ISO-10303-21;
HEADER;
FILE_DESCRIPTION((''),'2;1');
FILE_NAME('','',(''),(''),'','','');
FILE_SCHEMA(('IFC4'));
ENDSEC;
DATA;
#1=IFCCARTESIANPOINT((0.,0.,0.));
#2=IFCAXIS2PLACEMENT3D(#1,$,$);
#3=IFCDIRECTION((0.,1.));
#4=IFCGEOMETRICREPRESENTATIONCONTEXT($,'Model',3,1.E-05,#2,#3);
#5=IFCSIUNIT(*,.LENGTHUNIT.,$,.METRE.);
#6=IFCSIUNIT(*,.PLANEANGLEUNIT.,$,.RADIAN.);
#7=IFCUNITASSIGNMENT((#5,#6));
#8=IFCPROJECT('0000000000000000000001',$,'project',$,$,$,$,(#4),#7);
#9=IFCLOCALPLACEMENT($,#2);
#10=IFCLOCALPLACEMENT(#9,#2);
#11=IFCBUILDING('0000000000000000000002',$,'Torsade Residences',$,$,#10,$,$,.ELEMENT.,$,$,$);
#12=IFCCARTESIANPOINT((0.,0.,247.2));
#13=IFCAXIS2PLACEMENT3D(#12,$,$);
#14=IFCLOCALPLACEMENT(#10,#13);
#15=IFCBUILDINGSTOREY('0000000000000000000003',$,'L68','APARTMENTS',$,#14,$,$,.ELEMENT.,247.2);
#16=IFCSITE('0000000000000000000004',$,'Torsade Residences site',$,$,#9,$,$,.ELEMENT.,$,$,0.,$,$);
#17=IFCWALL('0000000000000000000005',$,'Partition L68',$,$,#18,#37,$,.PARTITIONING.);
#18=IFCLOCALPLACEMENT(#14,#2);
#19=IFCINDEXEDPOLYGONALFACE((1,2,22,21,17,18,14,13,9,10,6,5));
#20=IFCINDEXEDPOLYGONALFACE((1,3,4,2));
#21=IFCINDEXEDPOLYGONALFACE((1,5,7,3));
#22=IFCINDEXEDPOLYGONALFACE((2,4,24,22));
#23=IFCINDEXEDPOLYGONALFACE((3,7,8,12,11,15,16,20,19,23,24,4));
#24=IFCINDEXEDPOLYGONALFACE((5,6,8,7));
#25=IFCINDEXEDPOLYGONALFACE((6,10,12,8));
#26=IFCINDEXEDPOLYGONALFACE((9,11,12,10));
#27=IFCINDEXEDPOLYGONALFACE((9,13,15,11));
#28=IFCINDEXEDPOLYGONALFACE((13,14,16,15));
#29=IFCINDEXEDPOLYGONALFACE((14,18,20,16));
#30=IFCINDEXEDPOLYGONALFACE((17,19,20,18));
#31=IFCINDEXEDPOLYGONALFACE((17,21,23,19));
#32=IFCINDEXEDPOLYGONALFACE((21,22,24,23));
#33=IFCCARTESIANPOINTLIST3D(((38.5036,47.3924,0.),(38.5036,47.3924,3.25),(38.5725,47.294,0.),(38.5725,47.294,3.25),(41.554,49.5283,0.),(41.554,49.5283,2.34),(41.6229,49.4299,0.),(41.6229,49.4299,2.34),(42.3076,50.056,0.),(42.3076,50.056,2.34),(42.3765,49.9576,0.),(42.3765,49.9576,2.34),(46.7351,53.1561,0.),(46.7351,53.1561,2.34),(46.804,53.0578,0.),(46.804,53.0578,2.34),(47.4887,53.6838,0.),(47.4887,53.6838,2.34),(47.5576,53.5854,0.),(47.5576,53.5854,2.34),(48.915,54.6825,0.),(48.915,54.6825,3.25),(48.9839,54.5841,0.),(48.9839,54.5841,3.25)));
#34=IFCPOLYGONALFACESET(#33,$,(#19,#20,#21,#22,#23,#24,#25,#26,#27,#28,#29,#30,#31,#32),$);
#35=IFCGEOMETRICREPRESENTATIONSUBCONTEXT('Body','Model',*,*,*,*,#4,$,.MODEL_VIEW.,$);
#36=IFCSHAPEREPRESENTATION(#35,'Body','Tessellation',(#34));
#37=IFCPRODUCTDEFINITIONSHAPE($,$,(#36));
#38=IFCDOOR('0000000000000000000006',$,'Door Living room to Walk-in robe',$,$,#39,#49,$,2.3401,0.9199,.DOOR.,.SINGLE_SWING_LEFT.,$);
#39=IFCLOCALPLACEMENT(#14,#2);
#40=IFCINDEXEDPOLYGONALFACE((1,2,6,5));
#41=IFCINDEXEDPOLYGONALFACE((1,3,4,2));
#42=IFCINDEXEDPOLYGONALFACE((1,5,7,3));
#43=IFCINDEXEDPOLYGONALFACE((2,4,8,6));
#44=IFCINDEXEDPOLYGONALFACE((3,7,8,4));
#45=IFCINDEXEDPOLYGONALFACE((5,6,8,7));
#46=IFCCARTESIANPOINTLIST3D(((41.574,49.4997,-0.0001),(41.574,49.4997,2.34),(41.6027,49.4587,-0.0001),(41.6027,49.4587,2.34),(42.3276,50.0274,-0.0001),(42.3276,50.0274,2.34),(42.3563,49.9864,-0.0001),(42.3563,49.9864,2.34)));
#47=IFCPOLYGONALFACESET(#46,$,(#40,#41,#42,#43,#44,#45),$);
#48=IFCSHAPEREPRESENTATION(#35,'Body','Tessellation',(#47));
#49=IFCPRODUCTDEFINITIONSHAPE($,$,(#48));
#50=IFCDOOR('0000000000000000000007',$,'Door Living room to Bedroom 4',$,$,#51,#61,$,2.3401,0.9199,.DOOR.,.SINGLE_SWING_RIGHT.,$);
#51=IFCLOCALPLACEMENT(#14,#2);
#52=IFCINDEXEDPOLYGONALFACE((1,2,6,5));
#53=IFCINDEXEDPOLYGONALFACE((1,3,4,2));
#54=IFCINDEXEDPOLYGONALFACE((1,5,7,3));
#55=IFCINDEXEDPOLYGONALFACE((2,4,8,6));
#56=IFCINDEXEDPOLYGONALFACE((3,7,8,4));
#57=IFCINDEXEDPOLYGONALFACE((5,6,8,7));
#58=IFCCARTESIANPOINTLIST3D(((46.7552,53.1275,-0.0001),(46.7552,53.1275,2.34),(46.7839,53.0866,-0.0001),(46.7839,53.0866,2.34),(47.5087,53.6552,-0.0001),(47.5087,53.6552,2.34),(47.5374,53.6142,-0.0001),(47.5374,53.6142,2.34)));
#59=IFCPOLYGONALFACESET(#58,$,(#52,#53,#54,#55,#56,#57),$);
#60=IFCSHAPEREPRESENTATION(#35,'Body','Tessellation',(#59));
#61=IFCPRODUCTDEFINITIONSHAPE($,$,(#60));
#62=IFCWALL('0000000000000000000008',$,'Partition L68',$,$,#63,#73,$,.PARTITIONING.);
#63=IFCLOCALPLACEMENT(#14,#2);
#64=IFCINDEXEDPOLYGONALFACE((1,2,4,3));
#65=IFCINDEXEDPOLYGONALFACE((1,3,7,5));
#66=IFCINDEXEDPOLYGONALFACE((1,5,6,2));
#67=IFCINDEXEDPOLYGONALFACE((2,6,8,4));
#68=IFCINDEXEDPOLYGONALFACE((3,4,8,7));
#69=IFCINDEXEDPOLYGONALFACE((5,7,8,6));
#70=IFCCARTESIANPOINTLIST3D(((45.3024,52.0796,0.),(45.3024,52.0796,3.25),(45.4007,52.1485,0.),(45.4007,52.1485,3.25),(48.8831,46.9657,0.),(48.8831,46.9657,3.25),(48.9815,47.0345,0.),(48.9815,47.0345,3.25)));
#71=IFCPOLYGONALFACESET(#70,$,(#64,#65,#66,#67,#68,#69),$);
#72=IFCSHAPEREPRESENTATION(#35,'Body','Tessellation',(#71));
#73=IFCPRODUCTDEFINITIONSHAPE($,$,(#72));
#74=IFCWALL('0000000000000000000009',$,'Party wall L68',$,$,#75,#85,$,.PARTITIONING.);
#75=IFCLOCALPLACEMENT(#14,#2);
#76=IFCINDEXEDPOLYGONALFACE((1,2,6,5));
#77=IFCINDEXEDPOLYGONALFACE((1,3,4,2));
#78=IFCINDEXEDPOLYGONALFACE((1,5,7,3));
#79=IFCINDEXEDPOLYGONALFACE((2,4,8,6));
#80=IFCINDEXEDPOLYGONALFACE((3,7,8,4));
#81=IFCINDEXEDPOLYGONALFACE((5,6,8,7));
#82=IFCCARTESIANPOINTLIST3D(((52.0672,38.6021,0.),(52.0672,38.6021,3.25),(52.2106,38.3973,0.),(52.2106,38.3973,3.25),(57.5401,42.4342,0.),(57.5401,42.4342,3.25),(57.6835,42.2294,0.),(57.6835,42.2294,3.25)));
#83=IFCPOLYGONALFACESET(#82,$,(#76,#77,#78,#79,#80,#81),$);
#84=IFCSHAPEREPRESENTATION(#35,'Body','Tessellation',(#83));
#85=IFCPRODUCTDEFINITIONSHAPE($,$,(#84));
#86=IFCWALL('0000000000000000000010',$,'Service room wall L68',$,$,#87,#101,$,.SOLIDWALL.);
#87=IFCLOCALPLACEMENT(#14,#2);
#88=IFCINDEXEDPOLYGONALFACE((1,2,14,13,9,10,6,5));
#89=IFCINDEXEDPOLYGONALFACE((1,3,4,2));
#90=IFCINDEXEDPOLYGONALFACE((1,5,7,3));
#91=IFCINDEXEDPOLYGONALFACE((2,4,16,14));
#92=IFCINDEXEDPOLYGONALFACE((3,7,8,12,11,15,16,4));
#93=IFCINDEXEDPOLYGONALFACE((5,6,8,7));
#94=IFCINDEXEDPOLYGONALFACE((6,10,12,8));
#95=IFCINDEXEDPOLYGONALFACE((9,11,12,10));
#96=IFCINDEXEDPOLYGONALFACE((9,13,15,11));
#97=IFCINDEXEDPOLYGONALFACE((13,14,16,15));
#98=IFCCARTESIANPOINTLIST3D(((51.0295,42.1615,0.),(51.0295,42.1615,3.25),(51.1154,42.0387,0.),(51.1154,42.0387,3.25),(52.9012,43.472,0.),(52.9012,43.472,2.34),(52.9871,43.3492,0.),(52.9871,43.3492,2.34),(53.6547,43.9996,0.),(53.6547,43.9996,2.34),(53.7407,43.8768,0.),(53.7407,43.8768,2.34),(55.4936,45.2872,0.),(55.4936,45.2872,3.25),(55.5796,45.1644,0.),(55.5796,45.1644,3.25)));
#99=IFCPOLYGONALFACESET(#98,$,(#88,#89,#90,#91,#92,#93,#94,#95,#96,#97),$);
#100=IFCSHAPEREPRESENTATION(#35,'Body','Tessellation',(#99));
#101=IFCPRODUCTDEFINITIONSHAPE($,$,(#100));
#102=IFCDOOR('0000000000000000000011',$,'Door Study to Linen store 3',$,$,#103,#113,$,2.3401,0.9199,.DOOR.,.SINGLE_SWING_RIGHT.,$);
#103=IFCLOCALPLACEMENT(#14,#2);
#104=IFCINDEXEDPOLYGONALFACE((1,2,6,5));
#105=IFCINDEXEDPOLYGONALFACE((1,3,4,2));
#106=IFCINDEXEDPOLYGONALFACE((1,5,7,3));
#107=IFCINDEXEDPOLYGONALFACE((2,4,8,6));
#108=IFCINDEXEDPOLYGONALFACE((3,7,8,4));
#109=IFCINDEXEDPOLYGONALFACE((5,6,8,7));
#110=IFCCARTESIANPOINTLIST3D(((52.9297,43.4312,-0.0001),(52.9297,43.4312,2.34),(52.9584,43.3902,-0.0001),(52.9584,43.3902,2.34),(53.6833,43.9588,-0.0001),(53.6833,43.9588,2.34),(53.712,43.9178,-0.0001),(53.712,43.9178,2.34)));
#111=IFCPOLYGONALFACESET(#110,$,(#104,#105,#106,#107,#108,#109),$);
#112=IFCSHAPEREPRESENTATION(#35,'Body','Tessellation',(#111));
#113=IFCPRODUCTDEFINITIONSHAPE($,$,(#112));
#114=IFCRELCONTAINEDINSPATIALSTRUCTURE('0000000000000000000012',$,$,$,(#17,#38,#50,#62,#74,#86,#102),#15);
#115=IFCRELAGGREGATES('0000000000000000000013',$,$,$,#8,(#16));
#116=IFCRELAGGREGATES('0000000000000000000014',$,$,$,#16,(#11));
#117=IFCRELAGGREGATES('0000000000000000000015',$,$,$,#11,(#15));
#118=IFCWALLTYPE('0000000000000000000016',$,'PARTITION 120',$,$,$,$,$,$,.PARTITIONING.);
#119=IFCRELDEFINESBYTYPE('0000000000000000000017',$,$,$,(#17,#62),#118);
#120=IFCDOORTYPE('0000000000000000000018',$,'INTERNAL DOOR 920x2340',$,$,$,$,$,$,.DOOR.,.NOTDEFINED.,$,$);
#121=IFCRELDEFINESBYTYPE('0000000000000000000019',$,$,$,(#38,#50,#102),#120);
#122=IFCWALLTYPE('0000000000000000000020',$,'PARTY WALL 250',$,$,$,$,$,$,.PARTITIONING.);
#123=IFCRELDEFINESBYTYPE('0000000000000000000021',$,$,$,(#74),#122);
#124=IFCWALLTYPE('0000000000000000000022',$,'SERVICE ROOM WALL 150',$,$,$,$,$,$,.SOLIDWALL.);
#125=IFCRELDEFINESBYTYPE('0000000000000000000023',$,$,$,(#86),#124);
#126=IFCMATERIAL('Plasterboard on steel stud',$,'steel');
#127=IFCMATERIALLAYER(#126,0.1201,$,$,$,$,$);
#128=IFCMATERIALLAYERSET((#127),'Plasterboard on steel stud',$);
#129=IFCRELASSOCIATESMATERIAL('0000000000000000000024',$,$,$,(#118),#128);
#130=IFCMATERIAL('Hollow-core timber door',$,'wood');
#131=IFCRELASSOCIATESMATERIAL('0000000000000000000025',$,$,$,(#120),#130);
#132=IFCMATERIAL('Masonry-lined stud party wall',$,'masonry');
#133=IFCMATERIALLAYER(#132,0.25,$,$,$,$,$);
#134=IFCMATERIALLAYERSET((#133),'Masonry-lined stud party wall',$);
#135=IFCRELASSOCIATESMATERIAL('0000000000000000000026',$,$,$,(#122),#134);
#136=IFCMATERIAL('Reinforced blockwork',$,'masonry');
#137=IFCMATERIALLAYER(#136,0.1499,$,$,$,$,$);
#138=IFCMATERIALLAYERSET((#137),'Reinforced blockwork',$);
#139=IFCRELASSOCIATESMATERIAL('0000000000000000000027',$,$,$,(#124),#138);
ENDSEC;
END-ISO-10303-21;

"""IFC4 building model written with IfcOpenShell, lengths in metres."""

from ifc_helpers import new_model, si_unit, direction, frame, frame_2d, origin, place, context, subcontext, project, spatial, rectangle, extrude, material, layer, layer_set, type_object, element, fill, save


model = new_model("IFC4")

# Units and contexts
model_context = context("Model", 3, precision=1e-05, world=origin(), true_north=direction((0.0, 1.0)))
body_context = subcontext(model_context, "Body", "Model", "MODEL_VIEW")
ifc_project = project(units=[si_unit("LENGTHUNIT", "METRE"), si_unit("PLANEANGLEUNIT", "RADIAN")], contexts=[model_context])

# Site, building, storey
site_placement = place(None, origin())
site = spatial("IfcSite", under=ifc_project, at=site_placement, Name="Torsade Residences site", CompositionType="ELEMENT", RefElevation=0.0)
building_placement = place(site_placement, origin())
building = spatial("IfcBuilding", under=site, at=building_placement, Name="Torsade Residences", CompositionType="ELEMENT")
storey_placement = place(building_placement, frame((0.0, 0.0, 247.2)))
storey = spatial("IfcBuildingStorey", under=building, at=storey_placement, Name="L68", Description="APARTMENTS", CompositionType="ELEMENT", Elevation=247.2)

# Shared definitions
ifc_material_1 = material(Name="Plasterboard on steel stud", Category="steel")
ifc_layer_1 = layer(ifc_material_1, 0.1201)
ifc_layer_set_1 = layer_set([ifc_layer_1], Name="Plasterboard on steel stud")
wall_type_1 = type_object("IfcWallType", Name="PARTITION 120", PredefinedType="PARTITIONING", material=ifc_layer_set_1)

# Wall, openings, doors
wall_1_placement = place(storey_placement, frame((48.9495, 54.6333, 0.0), z_axis=(0.0, 0.0, 1.0), x_axis=(-0.819155, -0.573572, 0.0)))
wall_1 = element("IfcWall", 1, at=wall_1_placement, inside=storey, type_object=wall_type_1, Name="Partition L68", PredefinedType="PARTITIONING", context=body_context, shape_type="SweptSolid", body=[
    extrude(rectangle(XDim=12.71, YDim=0.1201, at=frame_2d((6.355, 0.0))), origin(), (0.0, 0.0, 1.0), 3.25),
])
opening_1_placement = place(wall_1_placement, frame((8.0662, 0.0, 0.0)))
opening_1 = element("IfcOpeningElement", 2, at=opening_1_placement, cuts=wall_1, PredefinedType="OPENING", context=body_context, shape_type="SweptSolid", body=[
    extrude(rectangle(XDim=0.9199, YDim=2.3401, at=frame_2d((0.46, 1.1699))), frame((0.0, 0.0701, 0.0), z_axis=(0.0, -1.0, 0.0), x_axis=(1.0, 0.0, 0.0)), (0.0, 0.0, 1.0), 0.1401),
])
opening_2_placement = place(wall_1_placement, frame((1.7412, 0.0, 0.0)))
opening_2 = element("IfcOpeningElement", 3, at=opening_2_placement, cuts=wall_1, PredefinedType="OPENING", context=body_context, shape_type="SweptSolid", body=[
    extrude(rectangle(XDim=0.9199, YDim=2.3401, at=frame_2d((0.46, 1.1699))), frame((0.0, 0.0701, 0.0), z_axis=(0.0, -1.0, 0.0), x_axis=(1.0, 0.0, 0.0)), (0.0, 0.0, 1.0), 0.1401),
])
ifc_material_2 = material(Name="Hollow-core timber door", Category="wood")
door_type_1 = type_object("IfcDoorType", Name="INTERNAL DOOR 920x2340", OperationType="NOTDEFINED", PredefinedType="DOOR", material=ifc_material_2)
door_1_placement = place(opening_1_placement, origin())
door_1 = element("IfcDoor", 4, at=door_1_placement, inside=storey, type_object=door_type_1, Name="Door Living room to Walk-in robe", OperationType="SINGLE_SWING_LEFT", OverallHeight=2.3401, OverallWidth=0.9199, PredefinedType="DOOR", context=body_context, shape_type="SweptSolid", body=[
    extrude(rectangle(XDim=0.9199, YDim=2.3401, at=frame_2d((0.46, 1.1699))), frame((0.0, 0.0249, 0.0), z_axis=(0.0, -1.0, 0.0), x_axis=(1.0, 0.0, 0.0)), (0.0, 0.0, 1.0), 0.05),
])
fill(opening_1, door_1)
door_2_placement = place(opening_2_placement, origin())
door_2 = element("IfcDoor", 5, at=door_2_placement, inside=storey, type_object=door_type_1, Name="Door Living room to Bedroom 4", OperationType="SINGLE_SWING_RIGHT", OverallHeight=2.3401, OverallWidth=0.9199, PredefinedType="DOOR", context=body_context, shape_type="SweptSolid", body=[
    extrude(rectangle(XDim=0.9199, YDim=2.3401, at=frame_2d((0.46, 1.1699))), frame((0.0, 0.0249, 0.0), z_axis=(0.0, -1.0, 0.0), x_axis=(1.0, 0.0, 0.0)), (0.0, 0.0, 1.0), 0.05),
])
fill(opening_2, door_2)

# Walls
wall_2_placement = place(storey_placement, frame((48.9324, 47.0, 0.0), z_axis=(0.0, 0.0, 1.0), x_axis=(-0.57357, 0.819157, 0.0)))
element("IfcWall", 6, at=wall_2_placement, inside=storey, type_object=wall_type_1, Name="Partition L68", PredefinedType="PARTITIONING", context=body_context, shape_type="SweptSolid", body=[
    extrude(rectangle(XDim=6.2429, YDim=0.1201, at=frame_2d((3.1216, 0.0))), origin(), (0.0, 0.0, 1.0), 3.25),
])
ifc_material_3 = material(Name="Masonry-lined stud party wall", Category="masonry")
ifc_layer_2 = layer(ifc_material_3, 0.25)
ifc_layer_set_2 = layer_set([ifc_layer_2], Name="Masonry-lined stud party wall")
wall_type_2 = type_object("IfcWallType", Name="PARTY WALL 250", PredefinedType="PARTITIONING", material=ifc_layer_set_2)
wall_3_placement = place(storey_placement, frame((57.6118, 42.3318, 0.0), z_axis=(0.0, 0.0, 1.0), x_axis=(-0.819162, -0.573563, 0.0)))
element("IfcWall", 7, at=wall_3_placement, inside=storey, type_object=wall_type_2, Name="Party wall L68", PredefinedType="PARTITIONING", context=body_context, shape_type="SweptSolid", body=[
    extrude(rectangle(XDim=6.6812, YDim=0.25, at=frame_2d((3.3406, 0.0))), origin(), (0.0, 0.0, 1.0), 3.25),
])

# Wall, opening, door
ifc_material_4 = material(Name="Reinforced blockwork", Category="masonry")
ifc_layer_3 = layer(ifc_material_4, 0.1499)
ifc_layer_set_3 = layer_set([ifc_layer_3], Name="Reinforced blockwork")
wall_type_3 = type_object("IfcWallType", Name="SERVICE ROOM WALL 150", PredefinedType="SOLIDWALL", material=ifc_layer_set_3)
wall_4_placement = place(storey_placement, frame((55.5366, 45.2258, 0.0), z_axis=(0.0, 0.0, 1.0), x_axis=(-0.819158, -0.573568, 0.0)))
wall_4 = element("IfcWall", 8, at=wall_4_placement, inside=storey, type_object=wall_type_3, Name="Service room wall L68", PredefinedType="SOLIDWALL", context=body_context, shape_type="SweptSolid", body=[
    extrude(rectangle(XDim=5.4497, YDim=0.1499, at=frame_2d((2.7249, 0.0))), origin(), (0.0, 0.0, 1.0), 3.25),
])
opening_3_placement = place(wall_4_placement, frame((2.2449, 0.0, 0.0)))
opening_3 = element("IfcOpeningElement", 9, at=opening_3_placement, cuts=wall_4, PredefinedType="OPENING", context=body_context, shape_type="SweptSolid", body=[
    extrude(rectangle(XDim=0.9199, YDim=2.3401, at=frame_2d((0.46, 1.1699))), frame((0.0, 0.085, 0.0), z_axis=(0.0, -1.0, 0.0), x_axis=(1.0, 0.0, 0.0)), (0.0, 0.0, 1.0), 0.1699),
])
door_3_placement = place(opening_3_placement, origin())
door_3 = element("IfcDoor", 10, at=door_3_placement, inside=storey, type_object=door_type_1, Name="Door Study to Linen store 3", OperationType="SINGLE_SWING_RIGHT", OverallHeight=2.3401, OverallWidth=0.9199, PredefinedType="DOOR", context=body_context, shape_type="SweptSolid", body=[
    extrude(rectangle(XDim=0.9199, YDim=2.3401, at=frame_2d((0.46, 1.1699))), frame((0.0, 0.0249, 0.0), z_axis=(0.0, -1.0, 0.0), x_axis=(1.0, 0.0, 0.0)), (0.0, 0.0, 1.0), 0.05),
])
fill(opening_3, door_3)

save(model, "model.ifc")
